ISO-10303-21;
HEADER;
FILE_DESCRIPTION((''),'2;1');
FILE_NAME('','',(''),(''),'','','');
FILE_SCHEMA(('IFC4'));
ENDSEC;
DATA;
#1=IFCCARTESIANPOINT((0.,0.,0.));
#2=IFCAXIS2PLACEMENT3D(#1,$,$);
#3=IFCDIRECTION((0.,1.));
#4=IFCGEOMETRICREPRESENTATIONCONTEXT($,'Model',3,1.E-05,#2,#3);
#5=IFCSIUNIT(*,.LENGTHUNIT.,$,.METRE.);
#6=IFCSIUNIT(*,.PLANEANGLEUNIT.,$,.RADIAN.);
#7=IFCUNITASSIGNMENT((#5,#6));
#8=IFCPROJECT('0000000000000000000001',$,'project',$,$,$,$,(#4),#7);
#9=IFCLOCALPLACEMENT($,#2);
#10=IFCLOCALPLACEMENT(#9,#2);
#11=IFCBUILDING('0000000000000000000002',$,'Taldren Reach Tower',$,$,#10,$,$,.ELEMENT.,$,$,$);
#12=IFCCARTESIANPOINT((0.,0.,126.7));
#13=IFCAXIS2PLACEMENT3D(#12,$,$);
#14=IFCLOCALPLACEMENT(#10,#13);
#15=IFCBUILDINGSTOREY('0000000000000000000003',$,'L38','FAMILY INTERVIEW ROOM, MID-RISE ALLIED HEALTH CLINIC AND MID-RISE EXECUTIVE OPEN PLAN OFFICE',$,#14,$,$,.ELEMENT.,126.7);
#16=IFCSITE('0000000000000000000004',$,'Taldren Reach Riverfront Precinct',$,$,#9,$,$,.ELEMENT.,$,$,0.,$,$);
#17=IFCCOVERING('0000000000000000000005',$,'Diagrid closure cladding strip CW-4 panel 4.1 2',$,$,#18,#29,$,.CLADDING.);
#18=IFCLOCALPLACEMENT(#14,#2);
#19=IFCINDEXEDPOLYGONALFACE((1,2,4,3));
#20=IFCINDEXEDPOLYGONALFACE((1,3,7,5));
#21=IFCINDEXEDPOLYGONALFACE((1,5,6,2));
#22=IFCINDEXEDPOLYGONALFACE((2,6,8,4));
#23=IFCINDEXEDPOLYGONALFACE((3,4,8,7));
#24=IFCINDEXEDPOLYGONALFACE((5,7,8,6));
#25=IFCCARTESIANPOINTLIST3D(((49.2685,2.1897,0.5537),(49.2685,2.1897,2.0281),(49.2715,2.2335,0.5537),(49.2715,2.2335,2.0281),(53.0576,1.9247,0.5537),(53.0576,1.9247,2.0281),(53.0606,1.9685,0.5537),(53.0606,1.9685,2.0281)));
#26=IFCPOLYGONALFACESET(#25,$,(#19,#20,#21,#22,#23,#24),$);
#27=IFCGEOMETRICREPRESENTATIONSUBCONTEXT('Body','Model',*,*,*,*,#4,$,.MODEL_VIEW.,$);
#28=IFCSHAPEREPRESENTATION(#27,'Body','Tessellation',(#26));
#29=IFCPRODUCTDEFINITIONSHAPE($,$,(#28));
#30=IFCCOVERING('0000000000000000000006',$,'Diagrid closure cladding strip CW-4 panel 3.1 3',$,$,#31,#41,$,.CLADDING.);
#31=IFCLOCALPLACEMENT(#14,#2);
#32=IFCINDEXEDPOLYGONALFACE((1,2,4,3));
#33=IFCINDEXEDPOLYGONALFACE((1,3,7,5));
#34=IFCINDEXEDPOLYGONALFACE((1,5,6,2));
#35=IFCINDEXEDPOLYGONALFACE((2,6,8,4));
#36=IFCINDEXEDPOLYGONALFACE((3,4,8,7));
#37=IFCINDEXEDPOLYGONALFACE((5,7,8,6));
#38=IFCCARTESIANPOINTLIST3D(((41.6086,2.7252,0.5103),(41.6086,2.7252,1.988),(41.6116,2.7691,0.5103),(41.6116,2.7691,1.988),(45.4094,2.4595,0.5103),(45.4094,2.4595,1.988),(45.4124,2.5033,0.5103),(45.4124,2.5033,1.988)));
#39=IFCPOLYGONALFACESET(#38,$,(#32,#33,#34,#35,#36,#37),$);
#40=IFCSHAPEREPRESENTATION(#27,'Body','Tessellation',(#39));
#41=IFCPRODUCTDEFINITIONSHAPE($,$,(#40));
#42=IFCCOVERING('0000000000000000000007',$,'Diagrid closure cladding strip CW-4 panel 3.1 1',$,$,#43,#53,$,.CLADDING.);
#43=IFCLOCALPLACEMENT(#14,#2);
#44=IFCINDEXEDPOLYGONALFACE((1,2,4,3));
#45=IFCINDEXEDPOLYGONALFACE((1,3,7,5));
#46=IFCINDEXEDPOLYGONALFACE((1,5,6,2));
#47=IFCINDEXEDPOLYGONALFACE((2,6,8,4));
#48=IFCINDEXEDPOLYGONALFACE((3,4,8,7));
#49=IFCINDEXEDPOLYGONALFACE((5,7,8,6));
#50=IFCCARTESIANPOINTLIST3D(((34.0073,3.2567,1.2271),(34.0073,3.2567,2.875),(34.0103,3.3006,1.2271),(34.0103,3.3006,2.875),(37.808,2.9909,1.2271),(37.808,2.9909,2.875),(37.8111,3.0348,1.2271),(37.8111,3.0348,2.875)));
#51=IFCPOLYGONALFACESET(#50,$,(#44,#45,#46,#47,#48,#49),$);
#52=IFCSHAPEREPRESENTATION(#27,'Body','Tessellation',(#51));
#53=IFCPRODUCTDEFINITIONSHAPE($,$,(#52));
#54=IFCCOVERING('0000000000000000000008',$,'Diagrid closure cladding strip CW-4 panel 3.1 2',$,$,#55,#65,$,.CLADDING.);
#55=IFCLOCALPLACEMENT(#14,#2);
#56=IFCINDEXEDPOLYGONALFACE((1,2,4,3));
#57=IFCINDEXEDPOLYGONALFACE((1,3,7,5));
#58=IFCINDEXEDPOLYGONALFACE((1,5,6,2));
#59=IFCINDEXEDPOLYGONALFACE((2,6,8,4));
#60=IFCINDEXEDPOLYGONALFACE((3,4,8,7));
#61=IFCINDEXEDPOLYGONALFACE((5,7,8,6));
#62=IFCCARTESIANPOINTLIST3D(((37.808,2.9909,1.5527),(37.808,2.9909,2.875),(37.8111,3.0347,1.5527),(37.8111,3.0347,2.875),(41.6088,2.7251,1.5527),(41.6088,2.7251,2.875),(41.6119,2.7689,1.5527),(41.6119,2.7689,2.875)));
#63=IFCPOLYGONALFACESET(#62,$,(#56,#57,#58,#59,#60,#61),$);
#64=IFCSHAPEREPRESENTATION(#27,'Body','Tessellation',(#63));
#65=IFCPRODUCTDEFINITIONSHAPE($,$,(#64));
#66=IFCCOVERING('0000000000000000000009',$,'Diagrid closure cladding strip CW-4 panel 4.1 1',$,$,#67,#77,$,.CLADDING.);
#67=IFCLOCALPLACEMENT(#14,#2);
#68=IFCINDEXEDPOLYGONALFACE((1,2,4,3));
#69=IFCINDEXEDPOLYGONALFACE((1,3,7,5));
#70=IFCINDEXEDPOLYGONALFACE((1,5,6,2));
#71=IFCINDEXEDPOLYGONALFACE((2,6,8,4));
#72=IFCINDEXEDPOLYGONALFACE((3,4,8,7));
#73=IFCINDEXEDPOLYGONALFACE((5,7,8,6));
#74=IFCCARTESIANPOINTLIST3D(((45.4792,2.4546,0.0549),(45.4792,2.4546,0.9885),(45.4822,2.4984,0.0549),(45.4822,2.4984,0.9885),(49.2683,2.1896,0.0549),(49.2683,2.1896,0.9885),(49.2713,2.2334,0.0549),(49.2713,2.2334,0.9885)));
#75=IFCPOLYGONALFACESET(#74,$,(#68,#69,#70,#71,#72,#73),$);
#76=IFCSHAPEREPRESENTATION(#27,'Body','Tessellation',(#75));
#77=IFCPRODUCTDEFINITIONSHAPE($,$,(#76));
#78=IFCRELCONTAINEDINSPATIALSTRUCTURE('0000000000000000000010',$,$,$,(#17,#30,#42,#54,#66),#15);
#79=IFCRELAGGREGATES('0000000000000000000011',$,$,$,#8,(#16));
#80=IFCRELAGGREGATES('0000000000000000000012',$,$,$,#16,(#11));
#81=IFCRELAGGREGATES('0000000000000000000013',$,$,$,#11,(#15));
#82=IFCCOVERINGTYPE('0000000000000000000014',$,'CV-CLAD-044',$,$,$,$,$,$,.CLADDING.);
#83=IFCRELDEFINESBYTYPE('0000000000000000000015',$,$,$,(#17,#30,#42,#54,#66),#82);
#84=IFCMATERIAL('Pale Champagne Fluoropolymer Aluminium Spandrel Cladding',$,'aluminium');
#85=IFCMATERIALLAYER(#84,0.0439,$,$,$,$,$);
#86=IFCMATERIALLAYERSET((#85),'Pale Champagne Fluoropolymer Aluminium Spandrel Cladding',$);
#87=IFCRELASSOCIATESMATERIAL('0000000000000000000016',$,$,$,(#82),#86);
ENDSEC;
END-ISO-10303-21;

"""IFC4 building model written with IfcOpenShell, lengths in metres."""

from ifc_helpers import new_model, si_unit, direction, frame, origin, origin_2d, place, context, subcontext, project, spatial, rectangle, extrude, source, transform, mapped, material, layer, layer_set, type_object, element, save


model = new_model("IFC4")

# Units and contexts
model_context = context("Model", 3, precision=1e-05, world=origin(), true_north=direction((0.0, 1.0)))
body_context = subcontext(model_context, "Body", "Model", "MODEL_VIEW")
ifc_project = project(units=[si_unit("LENGTHUNIT", "METRE"), si_unit("PLANEANGLEUNIT", "RADIAN")], contexts=[model_context])

# Site, building, storey
site_placement = place(None, origin())
site = spatial("IfcSite", under=ifc_project, at=site_placement, Name="Taldren Reach Riverfront Precinct", CompositionType="ELEMENT", RefElevation=0.0)
building_placement = place(site_placement, origin())
building = spatial("IfcBuilding", under=site, at=building_placement, Name="Taldren Reach Tower", CompositionType="ELEMENT")
storey_placement = place(building_placement, frame((0.0, 0.0, 126.7)))
storey = spatial("IfcBuildingStorey", under=building, at=storey_placement, Name="L38", Description="FAMILY INTERVIEW ROOM, MID-RISE ALLIED HEALTH CLINIC AND MID-RISE EXECUTIVE OPEN PLAN OFFICE", CompositionType="ELEMENT", Elevation=126.7)

# Coverings
ifc_material_1 = material(Name="Pale Champagne Fluoropolymer Aluminium Spandrel Cladding", Category="aluminium")
ifc_layer_1 = layer(ifc_material_1, 0.0439)
ifc_layer_set_1 = layer_set([ifc_layer_1], Name="Pale Champagne Fluoropolymer Aluminium Spandrel Cladding")
covering_type = type_object("IfcCoveringType", Name="CV-CLAD-044", PredefinedType="CLADDING", material=ifc_layer_set_1)
shared_shape_1 = source(origin(), body_context, "Body", "SweptSolid", [
    extrude(rectangle(XDim=3.7983, YDim=0.0439, at=origin_2d()), origin(), (0.0, 0.0, 1.0), 1.4744),
])
covering_1_placement = place(storey_placement, frame((51.1646, 2.0791, 0.5537), z_axis=(0.0, 0.0, 1.0), x_axis=(0.997564, -0.069757, 0.0)))
element("IfcCovering", 1, at=covering_1_placement, inside=storey, type_object=covering_type, Name="Diagrid closure cladding strip CW-4 panel 4.1 2", PredefinedType="CLADDING", context=body_context, shape_type="MappedRepresentation", body=[
    mapped(shared_shape_1, transform((0.0, 0.0, 0.0), scale=1.0)),
])
shared_shape_2 = source(origin(), body_context, "Body", "SweptSolid", [
    extrude(rectangle(XDim=3.8101, YDim=0.0439, at=origin_2d()), origin(), (0.0, 0.0, 1.0), 1.4778),
])
covering_2_placement = place(storey_placement, frame((43.5105, 2.6143, 0.5103), z_axis=(0.0, 0.0, 1.0), x_axis=(0.997564, -0.069757, 0.0)))
element("IfcCovering", 2, at=covering_2_placement, inside=storey, type_object=covering_type, Name="Diagrid closure cladding strip CW-4 panel 3.1 3", PredefinedType="CLADDING", context=body_context, shape_type="MappedRepresentation", body=[
    mapped(shared_shape_2, transform((0.0, 0.0, 0.0), scale=1.0)),
])
shared_shape_3 = source(origin(), body_context, "Body", "SweptSolid", [
    extrude(rectangle(XDim=3.8101, YDim=0.0439, at=origin_2d()), origin(), (0.0, 0.0, 1.0), 1.6479),
])
covering_3_placement = place(storey_placement, frame((35.9092, 3.1458, 1.2271), z_axis=(0.0, 0.0, 1.0), x_axis=(0.997564, -0.069757, 0.0)))
element("IfcCovering", 3, at=covering_3_placement, inside=storey, type_object=covering_type, Name="Diagrid closure cladding strip CW-4 panel 3.1 1", PredefinedType="CLADDING", context=body_context, shape_type="MappedRepresentation", body=[
    mapped(shared_shape_3, transform((0.0, 0.0, 0.0), scale=1.0)),
])
shared_shape_4 = source(origin(), body_context, "Body", "SweptSolid", [
    extrude(rectangle(XDim=3.8101, YDim=0.0439, at=origin_2d()), origin(), (0.0, 0.0, 1.0), 1.3223),
])
covering_4_placement = place(storey_placement, frame((39.71, 2.8799, 1.5527), z_axis=(0.0, 0.0, 1.0), x_axis=(0.997564, -0.069757, 0.0)))
element("IfcCovering", 4, at=covering_4_placement, inside=storey, type_object=covering_type, Name="Diagrid closure cladding strip CW-4 panel 3.1 2", PredefinedType="CLADDING", context=body_context, shape_type="MappedRepresentation", body=[
    mapped(shared_shape_4, transform((0.0, 0.0, 0.0), scale=1.0)),
])
shared_shape_5 = source(origin(), body_context, "Body", "SweptSolid", [
    extrude(rectangle(XDim=3.7983, YDim=0.0439, at=origin_2d()), origin(), (0.0, 0.0, 1.0), 0.9336),
])
covering_5_placement = place(storey_placement, frame((47.3752, 2.344, 0.0549), z_axis=(0.0, 0.0, 1.0), x_axis=(0.997564, -0.069757, 0.0)))
element("IfcCovering", 5, at=covering_5_placement, inside=storey, type_object=covering_type, Name="Diagrid closure cladding strip CW-4 panel 4.1 1", PredefinedType="CLADDING", context=body_context, shape_type="MappedRepresentation", body=[
    mapped(shared_shape_5, transform((0.0, 0.0, 0.0), scale=1.0)),
])

save(model, "model.ifc")
